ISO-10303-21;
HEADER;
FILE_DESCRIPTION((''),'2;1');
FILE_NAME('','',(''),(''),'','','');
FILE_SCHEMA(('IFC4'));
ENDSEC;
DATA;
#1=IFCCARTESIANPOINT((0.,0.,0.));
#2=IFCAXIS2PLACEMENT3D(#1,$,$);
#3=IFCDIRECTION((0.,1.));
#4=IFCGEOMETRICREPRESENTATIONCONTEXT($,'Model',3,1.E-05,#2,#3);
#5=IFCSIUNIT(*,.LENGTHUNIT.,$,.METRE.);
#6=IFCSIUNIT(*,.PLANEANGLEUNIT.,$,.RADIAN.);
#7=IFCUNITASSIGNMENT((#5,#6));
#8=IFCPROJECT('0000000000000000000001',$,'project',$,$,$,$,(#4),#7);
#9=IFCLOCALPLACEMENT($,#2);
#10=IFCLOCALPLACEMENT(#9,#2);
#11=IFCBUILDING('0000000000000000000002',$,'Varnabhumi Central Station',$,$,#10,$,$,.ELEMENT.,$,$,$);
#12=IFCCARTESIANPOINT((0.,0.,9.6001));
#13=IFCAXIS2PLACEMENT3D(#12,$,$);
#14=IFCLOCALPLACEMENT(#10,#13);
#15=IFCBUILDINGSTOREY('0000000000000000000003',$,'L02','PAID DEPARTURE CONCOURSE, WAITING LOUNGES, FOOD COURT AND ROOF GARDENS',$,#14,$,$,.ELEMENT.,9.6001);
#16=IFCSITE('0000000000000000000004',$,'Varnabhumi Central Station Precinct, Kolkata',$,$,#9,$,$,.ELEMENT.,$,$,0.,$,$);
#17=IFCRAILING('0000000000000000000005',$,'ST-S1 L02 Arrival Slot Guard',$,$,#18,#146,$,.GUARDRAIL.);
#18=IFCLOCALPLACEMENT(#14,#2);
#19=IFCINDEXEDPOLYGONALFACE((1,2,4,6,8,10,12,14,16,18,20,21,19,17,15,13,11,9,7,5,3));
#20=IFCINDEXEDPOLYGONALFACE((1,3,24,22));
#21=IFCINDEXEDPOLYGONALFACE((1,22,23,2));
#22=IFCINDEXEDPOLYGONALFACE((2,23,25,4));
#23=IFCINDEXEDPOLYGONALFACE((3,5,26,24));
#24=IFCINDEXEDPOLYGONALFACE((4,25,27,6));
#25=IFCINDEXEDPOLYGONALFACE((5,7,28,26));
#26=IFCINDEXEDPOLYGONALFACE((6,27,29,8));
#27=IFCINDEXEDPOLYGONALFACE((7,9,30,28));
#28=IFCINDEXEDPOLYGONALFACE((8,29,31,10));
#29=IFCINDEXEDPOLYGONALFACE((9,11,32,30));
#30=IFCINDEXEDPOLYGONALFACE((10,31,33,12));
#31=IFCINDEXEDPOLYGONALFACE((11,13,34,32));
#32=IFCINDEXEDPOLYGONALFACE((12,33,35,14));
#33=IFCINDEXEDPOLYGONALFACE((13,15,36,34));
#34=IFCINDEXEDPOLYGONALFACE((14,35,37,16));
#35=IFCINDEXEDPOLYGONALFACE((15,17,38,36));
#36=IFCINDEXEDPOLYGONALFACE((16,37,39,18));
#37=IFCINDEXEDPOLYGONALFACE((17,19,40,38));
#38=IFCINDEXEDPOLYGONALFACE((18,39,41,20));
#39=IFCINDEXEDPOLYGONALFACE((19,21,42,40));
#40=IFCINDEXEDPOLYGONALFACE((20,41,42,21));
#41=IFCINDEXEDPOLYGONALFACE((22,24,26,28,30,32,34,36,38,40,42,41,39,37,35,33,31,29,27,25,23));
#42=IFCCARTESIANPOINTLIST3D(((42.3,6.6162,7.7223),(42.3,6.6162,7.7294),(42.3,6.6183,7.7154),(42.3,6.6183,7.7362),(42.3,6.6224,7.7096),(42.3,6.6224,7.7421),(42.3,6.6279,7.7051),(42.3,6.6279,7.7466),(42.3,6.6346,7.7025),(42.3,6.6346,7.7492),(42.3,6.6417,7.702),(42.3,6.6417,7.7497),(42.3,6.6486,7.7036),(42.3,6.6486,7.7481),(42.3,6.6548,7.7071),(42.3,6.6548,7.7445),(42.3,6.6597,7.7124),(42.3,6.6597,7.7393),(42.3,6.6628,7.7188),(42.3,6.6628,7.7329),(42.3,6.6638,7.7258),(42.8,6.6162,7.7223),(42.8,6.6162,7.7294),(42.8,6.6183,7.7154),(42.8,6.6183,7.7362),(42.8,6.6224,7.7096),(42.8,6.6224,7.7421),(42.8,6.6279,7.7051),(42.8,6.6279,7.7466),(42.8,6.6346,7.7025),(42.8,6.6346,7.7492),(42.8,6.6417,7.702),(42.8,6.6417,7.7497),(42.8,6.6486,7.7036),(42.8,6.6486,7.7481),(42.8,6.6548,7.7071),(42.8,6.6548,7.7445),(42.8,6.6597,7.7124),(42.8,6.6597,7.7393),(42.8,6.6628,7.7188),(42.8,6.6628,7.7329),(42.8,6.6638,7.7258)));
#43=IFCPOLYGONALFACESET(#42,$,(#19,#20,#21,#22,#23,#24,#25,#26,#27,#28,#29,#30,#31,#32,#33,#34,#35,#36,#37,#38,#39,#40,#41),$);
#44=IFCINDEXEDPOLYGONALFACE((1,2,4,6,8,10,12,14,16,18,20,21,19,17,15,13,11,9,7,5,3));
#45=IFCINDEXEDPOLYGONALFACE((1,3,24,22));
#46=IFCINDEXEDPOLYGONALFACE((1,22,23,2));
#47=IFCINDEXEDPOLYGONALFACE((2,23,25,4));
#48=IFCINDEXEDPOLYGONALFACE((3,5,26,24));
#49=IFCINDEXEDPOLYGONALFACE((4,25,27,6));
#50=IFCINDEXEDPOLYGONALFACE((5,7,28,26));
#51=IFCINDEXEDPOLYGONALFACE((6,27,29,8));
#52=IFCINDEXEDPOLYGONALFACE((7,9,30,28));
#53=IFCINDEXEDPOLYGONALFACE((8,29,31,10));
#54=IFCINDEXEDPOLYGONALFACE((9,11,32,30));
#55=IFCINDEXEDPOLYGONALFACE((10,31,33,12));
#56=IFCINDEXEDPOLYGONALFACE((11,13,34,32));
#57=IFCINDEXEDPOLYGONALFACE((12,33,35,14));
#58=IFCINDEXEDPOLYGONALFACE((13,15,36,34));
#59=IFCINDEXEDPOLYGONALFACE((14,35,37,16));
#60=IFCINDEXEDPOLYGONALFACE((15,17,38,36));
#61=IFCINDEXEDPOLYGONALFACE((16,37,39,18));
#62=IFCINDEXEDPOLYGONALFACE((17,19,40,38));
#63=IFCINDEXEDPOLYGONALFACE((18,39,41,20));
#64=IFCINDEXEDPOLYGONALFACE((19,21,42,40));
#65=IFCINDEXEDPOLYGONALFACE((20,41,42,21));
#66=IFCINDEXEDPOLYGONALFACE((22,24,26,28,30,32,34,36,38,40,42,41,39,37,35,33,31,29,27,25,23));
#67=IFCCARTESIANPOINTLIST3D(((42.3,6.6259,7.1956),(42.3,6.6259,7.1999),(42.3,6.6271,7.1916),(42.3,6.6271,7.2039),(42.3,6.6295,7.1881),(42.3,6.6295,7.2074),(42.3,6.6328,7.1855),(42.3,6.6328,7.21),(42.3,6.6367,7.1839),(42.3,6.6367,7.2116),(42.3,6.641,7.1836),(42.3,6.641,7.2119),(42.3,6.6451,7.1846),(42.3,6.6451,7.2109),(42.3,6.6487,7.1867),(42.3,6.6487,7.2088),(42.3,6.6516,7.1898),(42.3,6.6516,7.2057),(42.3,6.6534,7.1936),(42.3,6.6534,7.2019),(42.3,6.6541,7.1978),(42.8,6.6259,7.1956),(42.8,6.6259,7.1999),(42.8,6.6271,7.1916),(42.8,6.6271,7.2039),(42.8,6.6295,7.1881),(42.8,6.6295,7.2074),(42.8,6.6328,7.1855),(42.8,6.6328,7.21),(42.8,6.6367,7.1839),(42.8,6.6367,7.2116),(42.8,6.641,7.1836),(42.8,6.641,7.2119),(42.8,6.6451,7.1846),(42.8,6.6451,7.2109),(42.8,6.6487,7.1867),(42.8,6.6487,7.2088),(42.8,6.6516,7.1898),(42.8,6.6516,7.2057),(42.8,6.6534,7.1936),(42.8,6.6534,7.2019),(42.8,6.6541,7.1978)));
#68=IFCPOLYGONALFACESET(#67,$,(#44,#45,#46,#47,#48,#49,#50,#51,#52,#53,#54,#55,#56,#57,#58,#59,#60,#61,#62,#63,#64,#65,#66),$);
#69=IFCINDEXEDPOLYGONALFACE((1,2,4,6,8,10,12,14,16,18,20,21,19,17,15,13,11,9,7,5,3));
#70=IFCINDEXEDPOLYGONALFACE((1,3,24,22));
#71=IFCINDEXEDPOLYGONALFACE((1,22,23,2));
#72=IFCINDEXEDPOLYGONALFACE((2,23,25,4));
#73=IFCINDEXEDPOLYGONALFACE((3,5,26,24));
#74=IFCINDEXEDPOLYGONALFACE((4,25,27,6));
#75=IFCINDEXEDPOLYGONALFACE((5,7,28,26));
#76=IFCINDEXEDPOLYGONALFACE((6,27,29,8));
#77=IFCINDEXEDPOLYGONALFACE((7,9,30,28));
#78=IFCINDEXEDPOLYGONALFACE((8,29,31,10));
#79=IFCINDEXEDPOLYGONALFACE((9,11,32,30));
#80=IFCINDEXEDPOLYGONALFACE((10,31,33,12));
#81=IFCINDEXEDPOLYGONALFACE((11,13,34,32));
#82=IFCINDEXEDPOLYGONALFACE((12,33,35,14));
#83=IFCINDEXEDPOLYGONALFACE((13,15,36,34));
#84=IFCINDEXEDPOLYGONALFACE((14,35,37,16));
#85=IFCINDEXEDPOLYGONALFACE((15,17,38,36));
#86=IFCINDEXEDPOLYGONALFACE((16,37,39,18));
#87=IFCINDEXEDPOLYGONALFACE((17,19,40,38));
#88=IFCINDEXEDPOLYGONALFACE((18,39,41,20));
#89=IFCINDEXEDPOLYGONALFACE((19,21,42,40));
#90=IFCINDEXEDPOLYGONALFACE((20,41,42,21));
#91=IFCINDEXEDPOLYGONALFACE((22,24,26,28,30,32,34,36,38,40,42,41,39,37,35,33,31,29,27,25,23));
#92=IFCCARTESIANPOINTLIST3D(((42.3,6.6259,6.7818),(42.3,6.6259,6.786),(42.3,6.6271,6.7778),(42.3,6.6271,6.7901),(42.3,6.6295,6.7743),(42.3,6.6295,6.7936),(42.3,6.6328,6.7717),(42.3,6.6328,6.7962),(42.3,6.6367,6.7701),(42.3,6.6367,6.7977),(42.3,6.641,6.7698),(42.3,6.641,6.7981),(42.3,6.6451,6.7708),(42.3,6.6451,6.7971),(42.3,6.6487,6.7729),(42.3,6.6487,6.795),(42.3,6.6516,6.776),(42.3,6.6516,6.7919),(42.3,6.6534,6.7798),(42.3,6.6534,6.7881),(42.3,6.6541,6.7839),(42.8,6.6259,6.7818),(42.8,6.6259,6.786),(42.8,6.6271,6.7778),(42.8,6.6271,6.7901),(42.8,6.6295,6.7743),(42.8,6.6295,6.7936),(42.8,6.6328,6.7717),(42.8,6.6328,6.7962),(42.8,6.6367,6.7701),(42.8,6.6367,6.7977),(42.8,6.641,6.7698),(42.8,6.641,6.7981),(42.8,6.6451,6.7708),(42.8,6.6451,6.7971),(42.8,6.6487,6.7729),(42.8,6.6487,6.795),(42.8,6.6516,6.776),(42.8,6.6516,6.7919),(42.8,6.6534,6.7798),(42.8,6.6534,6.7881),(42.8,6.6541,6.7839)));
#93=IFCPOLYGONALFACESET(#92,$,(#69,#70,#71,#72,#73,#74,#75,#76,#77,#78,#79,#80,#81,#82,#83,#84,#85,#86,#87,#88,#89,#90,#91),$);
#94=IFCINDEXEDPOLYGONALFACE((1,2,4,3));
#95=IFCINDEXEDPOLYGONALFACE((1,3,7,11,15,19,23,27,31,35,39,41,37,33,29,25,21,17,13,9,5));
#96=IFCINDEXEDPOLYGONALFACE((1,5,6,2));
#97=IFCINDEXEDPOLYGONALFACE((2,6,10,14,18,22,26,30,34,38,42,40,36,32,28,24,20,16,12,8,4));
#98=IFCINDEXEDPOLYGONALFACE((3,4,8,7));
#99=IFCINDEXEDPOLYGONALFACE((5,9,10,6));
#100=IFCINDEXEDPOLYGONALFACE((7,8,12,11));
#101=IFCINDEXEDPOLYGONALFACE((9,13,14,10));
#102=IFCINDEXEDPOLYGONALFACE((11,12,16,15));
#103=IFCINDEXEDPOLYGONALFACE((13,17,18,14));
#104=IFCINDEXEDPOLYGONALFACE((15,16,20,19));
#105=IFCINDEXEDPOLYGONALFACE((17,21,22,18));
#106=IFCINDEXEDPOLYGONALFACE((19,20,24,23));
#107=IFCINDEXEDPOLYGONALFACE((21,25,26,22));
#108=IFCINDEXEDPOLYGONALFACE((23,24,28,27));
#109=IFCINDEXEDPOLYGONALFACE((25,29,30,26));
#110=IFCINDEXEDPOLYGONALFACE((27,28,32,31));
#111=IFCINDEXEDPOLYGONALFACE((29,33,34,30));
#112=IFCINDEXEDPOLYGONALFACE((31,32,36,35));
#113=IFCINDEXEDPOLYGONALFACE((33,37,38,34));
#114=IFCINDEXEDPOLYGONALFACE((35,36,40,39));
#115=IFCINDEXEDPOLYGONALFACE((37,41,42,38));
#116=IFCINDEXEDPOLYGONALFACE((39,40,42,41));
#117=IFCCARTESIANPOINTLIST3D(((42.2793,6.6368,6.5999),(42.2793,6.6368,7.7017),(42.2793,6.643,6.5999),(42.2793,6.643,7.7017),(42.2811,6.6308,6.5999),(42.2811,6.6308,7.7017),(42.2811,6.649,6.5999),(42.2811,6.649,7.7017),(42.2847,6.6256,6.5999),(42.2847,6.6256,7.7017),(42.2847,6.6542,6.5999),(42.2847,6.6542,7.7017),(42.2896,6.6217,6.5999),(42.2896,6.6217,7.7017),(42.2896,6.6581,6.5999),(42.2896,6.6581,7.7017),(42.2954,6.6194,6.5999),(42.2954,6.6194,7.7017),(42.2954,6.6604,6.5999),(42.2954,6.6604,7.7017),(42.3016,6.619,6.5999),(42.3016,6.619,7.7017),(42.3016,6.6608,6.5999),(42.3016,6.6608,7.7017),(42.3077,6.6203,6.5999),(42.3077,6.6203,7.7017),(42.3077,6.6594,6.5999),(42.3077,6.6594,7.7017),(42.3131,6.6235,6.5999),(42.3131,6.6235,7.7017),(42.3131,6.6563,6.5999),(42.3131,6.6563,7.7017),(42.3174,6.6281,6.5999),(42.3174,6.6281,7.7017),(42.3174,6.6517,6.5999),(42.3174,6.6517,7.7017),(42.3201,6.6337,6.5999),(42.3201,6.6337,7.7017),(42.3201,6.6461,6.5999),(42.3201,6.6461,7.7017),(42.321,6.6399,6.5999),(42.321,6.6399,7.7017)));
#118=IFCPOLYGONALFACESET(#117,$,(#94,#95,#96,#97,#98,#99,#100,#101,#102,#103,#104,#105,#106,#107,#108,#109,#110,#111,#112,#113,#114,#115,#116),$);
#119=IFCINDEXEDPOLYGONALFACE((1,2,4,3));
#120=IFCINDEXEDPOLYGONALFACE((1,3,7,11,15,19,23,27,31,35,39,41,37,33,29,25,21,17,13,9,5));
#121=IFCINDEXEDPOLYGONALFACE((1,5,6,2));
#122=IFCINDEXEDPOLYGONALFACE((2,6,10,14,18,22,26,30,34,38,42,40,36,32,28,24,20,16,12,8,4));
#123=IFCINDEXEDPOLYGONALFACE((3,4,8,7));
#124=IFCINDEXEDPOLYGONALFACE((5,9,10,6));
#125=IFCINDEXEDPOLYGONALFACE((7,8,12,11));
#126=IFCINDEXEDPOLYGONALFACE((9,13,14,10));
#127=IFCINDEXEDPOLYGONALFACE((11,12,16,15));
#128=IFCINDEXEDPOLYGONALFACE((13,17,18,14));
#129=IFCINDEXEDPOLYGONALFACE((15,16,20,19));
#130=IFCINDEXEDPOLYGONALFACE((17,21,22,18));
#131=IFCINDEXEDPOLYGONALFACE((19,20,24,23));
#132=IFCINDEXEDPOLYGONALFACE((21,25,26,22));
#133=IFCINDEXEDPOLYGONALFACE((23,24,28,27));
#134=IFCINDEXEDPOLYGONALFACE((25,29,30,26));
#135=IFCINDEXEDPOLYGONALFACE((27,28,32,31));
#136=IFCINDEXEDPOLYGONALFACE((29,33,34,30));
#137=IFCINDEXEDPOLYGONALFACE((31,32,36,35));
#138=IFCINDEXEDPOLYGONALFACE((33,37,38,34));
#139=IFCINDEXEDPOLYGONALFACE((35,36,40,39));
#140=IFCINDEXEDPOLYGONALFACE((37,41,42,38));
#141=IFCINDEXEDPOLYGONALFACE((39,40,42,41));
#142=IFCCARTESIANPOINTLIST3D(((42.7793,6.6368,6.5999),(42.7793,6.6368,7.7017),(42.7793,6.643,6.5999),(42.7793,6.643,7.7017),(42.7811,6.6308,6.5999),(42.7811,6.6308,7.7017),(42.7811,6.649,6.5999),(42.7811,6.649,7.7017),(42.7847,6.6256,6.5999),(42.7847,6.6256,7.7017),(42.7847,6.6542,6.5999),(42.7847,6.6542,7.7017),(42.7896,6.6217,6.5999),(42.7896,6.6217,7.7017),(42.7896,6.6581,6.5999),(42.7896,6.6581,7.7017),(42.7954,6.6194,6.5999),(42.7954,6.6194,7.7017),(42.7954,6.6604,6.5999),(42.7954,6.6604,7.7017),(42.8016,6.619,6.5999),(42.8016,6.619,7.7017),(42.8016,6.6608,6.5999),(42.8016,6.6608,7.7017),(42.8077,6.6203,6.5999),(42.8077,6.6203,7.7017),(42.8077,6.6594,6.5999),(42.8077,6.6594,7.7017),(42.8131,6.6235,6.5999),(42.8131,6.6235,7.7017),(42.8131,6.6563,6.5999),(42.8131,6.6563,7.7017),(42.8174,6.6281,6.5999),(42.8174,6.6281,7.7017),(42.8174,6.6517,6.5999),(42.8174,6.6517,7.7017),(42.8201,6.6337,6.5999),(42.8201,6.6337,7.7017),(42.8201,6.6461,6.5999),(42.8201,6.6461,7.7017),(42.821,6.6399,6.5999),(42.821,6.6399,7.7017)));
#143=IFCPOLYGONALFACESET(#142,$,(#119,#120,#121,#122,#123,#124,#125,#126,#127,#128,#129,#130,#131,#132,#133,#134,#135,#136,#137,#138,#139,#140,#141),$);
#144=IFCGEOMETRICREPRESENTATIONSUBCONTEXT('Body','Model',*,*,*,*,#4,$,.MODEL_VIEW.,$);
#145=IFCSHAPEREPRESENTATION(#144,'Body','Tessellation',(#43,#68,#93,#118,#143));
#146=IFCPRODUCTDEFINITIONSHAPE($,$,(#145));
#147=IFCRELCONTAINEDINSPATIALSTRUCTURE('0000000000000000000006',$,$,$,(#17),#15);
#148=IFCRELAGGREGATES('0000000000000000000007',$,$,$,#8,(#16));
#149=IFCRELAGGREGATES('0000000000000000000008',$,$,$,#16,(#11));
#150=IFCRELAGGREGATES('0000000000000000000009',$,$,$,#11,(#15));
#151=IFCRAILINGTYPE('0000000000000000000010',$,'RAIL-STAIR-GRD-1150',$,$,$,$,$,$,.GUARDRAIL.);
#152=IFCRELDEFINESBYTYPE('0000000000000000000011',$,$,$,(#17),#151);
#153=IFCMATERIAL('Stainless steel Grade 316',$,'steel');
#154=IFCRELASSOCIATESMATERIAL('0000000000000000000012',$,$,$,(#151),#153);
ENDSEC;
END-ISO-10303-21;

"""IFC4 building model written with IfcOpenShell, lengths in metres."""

from ifc_helpers import new_model, si_unit, direction, frame, origin, origin_2d, place, context, subcontext, project, spatial, circle, extrude, material, type_object, element, save


model = new_model("IFC4")

# Units and contexts
model_context = context("Model", 3, precision=1e-05, world=origin(), true_north=direction((0.0, 1.0)))
body_context = subcontext(model_context, "Body", "Model", "MODEL_VIEW")
ifc_project = project(units=[si_unit("LENGTHUNIT", "METRE"), si_unit("PLANEANGLEUNIT", "RADIAN")], contexts=[model_context])

# Site, building, storey
site_placement = place(None, origin())
site = spatial("IfcSite", under=ifc_project, at=site_placement, Name="Varnabhumi Central Station Precinct, Kolkata", CompositionType="ELEMENT", RefElevation=0.0)
building_placement = place(site_placement, origin())
building = spatial("IfcBuilding", under=site, at=building_placement, Name="Varnabhumi Central Station", CompositionType="ELEMENT")
storey_placement = place(building_placement, frame((0.0, 0.0, 9.6001)))
storey = spatial("IfcBuildingStorey", under=building, at=storey_placement, Name="L02", Description="PAID DEPARTURE CONCOURSE, WAITING LOUNGES, FOOD COURT AND ROOF GARDENS", CompositionType="ELEMENT", Elevation=9.6001)

# Railing
ifc_material_1 = material(Name="Stainless steel Grade 316", Category="steel")
railing_type = type_object("IfcRailingType", Name="RAIL-STAIR-GRD-1150", PredefinedType="GUARDRAIL", material=ifc_material_1)
railing_1_placement = place(storey_placement, frame((42.3, 6.6399, 6.5999)))
element("IfcRailing", 1, at=railing_1_placement, inside=storey, type_object=railing_type, Name="ST-S1 L02 Arrival Slot Guard", PredefinedType="GUARDRAIL", context=body_context, shape_type="SweptSolid", body=[
    extrude(circle(Radius=0.0239, at=origin_2d()), frame((0.0, 0.0, 1.126), z_axis=(1.0, 0.0, 0.0), x_axis=(0.0, 1.0, 0.0)), (0.0, 0.0, 1.0), 0.5),
    extrude(circle(Radius=0.0142, at=origin_2d()), frame((0.0, 0.0, 0.5979), z_axis=(1.0, 0.0, 0.0), x_axis=(0.0, 1.0, 0.0)), (0.0, 0.0, 1.0), 0.5),
    extrude(circle(Radius=0.0142, at=origin_2d()), frame((0.0, 0.0, 0.1841), z_axis=(1.0, 0.0, 0.0), x_axis=(0.0, 1.0, 0.0)), (0.0, 0.0, 1.0), 0.5),
    extrude(circle(Radius=0.021, at=origin_2d()), origin(), (0.0, 0.0, 1.0), 1.1018),
    extrude(circle(Radius=0.021, at=origin_2d()), frame((0.5, 0.0, 0.0)), (0.0, 0.0, 1.0), 1.1018),
])

save(model, "model.ifc")
